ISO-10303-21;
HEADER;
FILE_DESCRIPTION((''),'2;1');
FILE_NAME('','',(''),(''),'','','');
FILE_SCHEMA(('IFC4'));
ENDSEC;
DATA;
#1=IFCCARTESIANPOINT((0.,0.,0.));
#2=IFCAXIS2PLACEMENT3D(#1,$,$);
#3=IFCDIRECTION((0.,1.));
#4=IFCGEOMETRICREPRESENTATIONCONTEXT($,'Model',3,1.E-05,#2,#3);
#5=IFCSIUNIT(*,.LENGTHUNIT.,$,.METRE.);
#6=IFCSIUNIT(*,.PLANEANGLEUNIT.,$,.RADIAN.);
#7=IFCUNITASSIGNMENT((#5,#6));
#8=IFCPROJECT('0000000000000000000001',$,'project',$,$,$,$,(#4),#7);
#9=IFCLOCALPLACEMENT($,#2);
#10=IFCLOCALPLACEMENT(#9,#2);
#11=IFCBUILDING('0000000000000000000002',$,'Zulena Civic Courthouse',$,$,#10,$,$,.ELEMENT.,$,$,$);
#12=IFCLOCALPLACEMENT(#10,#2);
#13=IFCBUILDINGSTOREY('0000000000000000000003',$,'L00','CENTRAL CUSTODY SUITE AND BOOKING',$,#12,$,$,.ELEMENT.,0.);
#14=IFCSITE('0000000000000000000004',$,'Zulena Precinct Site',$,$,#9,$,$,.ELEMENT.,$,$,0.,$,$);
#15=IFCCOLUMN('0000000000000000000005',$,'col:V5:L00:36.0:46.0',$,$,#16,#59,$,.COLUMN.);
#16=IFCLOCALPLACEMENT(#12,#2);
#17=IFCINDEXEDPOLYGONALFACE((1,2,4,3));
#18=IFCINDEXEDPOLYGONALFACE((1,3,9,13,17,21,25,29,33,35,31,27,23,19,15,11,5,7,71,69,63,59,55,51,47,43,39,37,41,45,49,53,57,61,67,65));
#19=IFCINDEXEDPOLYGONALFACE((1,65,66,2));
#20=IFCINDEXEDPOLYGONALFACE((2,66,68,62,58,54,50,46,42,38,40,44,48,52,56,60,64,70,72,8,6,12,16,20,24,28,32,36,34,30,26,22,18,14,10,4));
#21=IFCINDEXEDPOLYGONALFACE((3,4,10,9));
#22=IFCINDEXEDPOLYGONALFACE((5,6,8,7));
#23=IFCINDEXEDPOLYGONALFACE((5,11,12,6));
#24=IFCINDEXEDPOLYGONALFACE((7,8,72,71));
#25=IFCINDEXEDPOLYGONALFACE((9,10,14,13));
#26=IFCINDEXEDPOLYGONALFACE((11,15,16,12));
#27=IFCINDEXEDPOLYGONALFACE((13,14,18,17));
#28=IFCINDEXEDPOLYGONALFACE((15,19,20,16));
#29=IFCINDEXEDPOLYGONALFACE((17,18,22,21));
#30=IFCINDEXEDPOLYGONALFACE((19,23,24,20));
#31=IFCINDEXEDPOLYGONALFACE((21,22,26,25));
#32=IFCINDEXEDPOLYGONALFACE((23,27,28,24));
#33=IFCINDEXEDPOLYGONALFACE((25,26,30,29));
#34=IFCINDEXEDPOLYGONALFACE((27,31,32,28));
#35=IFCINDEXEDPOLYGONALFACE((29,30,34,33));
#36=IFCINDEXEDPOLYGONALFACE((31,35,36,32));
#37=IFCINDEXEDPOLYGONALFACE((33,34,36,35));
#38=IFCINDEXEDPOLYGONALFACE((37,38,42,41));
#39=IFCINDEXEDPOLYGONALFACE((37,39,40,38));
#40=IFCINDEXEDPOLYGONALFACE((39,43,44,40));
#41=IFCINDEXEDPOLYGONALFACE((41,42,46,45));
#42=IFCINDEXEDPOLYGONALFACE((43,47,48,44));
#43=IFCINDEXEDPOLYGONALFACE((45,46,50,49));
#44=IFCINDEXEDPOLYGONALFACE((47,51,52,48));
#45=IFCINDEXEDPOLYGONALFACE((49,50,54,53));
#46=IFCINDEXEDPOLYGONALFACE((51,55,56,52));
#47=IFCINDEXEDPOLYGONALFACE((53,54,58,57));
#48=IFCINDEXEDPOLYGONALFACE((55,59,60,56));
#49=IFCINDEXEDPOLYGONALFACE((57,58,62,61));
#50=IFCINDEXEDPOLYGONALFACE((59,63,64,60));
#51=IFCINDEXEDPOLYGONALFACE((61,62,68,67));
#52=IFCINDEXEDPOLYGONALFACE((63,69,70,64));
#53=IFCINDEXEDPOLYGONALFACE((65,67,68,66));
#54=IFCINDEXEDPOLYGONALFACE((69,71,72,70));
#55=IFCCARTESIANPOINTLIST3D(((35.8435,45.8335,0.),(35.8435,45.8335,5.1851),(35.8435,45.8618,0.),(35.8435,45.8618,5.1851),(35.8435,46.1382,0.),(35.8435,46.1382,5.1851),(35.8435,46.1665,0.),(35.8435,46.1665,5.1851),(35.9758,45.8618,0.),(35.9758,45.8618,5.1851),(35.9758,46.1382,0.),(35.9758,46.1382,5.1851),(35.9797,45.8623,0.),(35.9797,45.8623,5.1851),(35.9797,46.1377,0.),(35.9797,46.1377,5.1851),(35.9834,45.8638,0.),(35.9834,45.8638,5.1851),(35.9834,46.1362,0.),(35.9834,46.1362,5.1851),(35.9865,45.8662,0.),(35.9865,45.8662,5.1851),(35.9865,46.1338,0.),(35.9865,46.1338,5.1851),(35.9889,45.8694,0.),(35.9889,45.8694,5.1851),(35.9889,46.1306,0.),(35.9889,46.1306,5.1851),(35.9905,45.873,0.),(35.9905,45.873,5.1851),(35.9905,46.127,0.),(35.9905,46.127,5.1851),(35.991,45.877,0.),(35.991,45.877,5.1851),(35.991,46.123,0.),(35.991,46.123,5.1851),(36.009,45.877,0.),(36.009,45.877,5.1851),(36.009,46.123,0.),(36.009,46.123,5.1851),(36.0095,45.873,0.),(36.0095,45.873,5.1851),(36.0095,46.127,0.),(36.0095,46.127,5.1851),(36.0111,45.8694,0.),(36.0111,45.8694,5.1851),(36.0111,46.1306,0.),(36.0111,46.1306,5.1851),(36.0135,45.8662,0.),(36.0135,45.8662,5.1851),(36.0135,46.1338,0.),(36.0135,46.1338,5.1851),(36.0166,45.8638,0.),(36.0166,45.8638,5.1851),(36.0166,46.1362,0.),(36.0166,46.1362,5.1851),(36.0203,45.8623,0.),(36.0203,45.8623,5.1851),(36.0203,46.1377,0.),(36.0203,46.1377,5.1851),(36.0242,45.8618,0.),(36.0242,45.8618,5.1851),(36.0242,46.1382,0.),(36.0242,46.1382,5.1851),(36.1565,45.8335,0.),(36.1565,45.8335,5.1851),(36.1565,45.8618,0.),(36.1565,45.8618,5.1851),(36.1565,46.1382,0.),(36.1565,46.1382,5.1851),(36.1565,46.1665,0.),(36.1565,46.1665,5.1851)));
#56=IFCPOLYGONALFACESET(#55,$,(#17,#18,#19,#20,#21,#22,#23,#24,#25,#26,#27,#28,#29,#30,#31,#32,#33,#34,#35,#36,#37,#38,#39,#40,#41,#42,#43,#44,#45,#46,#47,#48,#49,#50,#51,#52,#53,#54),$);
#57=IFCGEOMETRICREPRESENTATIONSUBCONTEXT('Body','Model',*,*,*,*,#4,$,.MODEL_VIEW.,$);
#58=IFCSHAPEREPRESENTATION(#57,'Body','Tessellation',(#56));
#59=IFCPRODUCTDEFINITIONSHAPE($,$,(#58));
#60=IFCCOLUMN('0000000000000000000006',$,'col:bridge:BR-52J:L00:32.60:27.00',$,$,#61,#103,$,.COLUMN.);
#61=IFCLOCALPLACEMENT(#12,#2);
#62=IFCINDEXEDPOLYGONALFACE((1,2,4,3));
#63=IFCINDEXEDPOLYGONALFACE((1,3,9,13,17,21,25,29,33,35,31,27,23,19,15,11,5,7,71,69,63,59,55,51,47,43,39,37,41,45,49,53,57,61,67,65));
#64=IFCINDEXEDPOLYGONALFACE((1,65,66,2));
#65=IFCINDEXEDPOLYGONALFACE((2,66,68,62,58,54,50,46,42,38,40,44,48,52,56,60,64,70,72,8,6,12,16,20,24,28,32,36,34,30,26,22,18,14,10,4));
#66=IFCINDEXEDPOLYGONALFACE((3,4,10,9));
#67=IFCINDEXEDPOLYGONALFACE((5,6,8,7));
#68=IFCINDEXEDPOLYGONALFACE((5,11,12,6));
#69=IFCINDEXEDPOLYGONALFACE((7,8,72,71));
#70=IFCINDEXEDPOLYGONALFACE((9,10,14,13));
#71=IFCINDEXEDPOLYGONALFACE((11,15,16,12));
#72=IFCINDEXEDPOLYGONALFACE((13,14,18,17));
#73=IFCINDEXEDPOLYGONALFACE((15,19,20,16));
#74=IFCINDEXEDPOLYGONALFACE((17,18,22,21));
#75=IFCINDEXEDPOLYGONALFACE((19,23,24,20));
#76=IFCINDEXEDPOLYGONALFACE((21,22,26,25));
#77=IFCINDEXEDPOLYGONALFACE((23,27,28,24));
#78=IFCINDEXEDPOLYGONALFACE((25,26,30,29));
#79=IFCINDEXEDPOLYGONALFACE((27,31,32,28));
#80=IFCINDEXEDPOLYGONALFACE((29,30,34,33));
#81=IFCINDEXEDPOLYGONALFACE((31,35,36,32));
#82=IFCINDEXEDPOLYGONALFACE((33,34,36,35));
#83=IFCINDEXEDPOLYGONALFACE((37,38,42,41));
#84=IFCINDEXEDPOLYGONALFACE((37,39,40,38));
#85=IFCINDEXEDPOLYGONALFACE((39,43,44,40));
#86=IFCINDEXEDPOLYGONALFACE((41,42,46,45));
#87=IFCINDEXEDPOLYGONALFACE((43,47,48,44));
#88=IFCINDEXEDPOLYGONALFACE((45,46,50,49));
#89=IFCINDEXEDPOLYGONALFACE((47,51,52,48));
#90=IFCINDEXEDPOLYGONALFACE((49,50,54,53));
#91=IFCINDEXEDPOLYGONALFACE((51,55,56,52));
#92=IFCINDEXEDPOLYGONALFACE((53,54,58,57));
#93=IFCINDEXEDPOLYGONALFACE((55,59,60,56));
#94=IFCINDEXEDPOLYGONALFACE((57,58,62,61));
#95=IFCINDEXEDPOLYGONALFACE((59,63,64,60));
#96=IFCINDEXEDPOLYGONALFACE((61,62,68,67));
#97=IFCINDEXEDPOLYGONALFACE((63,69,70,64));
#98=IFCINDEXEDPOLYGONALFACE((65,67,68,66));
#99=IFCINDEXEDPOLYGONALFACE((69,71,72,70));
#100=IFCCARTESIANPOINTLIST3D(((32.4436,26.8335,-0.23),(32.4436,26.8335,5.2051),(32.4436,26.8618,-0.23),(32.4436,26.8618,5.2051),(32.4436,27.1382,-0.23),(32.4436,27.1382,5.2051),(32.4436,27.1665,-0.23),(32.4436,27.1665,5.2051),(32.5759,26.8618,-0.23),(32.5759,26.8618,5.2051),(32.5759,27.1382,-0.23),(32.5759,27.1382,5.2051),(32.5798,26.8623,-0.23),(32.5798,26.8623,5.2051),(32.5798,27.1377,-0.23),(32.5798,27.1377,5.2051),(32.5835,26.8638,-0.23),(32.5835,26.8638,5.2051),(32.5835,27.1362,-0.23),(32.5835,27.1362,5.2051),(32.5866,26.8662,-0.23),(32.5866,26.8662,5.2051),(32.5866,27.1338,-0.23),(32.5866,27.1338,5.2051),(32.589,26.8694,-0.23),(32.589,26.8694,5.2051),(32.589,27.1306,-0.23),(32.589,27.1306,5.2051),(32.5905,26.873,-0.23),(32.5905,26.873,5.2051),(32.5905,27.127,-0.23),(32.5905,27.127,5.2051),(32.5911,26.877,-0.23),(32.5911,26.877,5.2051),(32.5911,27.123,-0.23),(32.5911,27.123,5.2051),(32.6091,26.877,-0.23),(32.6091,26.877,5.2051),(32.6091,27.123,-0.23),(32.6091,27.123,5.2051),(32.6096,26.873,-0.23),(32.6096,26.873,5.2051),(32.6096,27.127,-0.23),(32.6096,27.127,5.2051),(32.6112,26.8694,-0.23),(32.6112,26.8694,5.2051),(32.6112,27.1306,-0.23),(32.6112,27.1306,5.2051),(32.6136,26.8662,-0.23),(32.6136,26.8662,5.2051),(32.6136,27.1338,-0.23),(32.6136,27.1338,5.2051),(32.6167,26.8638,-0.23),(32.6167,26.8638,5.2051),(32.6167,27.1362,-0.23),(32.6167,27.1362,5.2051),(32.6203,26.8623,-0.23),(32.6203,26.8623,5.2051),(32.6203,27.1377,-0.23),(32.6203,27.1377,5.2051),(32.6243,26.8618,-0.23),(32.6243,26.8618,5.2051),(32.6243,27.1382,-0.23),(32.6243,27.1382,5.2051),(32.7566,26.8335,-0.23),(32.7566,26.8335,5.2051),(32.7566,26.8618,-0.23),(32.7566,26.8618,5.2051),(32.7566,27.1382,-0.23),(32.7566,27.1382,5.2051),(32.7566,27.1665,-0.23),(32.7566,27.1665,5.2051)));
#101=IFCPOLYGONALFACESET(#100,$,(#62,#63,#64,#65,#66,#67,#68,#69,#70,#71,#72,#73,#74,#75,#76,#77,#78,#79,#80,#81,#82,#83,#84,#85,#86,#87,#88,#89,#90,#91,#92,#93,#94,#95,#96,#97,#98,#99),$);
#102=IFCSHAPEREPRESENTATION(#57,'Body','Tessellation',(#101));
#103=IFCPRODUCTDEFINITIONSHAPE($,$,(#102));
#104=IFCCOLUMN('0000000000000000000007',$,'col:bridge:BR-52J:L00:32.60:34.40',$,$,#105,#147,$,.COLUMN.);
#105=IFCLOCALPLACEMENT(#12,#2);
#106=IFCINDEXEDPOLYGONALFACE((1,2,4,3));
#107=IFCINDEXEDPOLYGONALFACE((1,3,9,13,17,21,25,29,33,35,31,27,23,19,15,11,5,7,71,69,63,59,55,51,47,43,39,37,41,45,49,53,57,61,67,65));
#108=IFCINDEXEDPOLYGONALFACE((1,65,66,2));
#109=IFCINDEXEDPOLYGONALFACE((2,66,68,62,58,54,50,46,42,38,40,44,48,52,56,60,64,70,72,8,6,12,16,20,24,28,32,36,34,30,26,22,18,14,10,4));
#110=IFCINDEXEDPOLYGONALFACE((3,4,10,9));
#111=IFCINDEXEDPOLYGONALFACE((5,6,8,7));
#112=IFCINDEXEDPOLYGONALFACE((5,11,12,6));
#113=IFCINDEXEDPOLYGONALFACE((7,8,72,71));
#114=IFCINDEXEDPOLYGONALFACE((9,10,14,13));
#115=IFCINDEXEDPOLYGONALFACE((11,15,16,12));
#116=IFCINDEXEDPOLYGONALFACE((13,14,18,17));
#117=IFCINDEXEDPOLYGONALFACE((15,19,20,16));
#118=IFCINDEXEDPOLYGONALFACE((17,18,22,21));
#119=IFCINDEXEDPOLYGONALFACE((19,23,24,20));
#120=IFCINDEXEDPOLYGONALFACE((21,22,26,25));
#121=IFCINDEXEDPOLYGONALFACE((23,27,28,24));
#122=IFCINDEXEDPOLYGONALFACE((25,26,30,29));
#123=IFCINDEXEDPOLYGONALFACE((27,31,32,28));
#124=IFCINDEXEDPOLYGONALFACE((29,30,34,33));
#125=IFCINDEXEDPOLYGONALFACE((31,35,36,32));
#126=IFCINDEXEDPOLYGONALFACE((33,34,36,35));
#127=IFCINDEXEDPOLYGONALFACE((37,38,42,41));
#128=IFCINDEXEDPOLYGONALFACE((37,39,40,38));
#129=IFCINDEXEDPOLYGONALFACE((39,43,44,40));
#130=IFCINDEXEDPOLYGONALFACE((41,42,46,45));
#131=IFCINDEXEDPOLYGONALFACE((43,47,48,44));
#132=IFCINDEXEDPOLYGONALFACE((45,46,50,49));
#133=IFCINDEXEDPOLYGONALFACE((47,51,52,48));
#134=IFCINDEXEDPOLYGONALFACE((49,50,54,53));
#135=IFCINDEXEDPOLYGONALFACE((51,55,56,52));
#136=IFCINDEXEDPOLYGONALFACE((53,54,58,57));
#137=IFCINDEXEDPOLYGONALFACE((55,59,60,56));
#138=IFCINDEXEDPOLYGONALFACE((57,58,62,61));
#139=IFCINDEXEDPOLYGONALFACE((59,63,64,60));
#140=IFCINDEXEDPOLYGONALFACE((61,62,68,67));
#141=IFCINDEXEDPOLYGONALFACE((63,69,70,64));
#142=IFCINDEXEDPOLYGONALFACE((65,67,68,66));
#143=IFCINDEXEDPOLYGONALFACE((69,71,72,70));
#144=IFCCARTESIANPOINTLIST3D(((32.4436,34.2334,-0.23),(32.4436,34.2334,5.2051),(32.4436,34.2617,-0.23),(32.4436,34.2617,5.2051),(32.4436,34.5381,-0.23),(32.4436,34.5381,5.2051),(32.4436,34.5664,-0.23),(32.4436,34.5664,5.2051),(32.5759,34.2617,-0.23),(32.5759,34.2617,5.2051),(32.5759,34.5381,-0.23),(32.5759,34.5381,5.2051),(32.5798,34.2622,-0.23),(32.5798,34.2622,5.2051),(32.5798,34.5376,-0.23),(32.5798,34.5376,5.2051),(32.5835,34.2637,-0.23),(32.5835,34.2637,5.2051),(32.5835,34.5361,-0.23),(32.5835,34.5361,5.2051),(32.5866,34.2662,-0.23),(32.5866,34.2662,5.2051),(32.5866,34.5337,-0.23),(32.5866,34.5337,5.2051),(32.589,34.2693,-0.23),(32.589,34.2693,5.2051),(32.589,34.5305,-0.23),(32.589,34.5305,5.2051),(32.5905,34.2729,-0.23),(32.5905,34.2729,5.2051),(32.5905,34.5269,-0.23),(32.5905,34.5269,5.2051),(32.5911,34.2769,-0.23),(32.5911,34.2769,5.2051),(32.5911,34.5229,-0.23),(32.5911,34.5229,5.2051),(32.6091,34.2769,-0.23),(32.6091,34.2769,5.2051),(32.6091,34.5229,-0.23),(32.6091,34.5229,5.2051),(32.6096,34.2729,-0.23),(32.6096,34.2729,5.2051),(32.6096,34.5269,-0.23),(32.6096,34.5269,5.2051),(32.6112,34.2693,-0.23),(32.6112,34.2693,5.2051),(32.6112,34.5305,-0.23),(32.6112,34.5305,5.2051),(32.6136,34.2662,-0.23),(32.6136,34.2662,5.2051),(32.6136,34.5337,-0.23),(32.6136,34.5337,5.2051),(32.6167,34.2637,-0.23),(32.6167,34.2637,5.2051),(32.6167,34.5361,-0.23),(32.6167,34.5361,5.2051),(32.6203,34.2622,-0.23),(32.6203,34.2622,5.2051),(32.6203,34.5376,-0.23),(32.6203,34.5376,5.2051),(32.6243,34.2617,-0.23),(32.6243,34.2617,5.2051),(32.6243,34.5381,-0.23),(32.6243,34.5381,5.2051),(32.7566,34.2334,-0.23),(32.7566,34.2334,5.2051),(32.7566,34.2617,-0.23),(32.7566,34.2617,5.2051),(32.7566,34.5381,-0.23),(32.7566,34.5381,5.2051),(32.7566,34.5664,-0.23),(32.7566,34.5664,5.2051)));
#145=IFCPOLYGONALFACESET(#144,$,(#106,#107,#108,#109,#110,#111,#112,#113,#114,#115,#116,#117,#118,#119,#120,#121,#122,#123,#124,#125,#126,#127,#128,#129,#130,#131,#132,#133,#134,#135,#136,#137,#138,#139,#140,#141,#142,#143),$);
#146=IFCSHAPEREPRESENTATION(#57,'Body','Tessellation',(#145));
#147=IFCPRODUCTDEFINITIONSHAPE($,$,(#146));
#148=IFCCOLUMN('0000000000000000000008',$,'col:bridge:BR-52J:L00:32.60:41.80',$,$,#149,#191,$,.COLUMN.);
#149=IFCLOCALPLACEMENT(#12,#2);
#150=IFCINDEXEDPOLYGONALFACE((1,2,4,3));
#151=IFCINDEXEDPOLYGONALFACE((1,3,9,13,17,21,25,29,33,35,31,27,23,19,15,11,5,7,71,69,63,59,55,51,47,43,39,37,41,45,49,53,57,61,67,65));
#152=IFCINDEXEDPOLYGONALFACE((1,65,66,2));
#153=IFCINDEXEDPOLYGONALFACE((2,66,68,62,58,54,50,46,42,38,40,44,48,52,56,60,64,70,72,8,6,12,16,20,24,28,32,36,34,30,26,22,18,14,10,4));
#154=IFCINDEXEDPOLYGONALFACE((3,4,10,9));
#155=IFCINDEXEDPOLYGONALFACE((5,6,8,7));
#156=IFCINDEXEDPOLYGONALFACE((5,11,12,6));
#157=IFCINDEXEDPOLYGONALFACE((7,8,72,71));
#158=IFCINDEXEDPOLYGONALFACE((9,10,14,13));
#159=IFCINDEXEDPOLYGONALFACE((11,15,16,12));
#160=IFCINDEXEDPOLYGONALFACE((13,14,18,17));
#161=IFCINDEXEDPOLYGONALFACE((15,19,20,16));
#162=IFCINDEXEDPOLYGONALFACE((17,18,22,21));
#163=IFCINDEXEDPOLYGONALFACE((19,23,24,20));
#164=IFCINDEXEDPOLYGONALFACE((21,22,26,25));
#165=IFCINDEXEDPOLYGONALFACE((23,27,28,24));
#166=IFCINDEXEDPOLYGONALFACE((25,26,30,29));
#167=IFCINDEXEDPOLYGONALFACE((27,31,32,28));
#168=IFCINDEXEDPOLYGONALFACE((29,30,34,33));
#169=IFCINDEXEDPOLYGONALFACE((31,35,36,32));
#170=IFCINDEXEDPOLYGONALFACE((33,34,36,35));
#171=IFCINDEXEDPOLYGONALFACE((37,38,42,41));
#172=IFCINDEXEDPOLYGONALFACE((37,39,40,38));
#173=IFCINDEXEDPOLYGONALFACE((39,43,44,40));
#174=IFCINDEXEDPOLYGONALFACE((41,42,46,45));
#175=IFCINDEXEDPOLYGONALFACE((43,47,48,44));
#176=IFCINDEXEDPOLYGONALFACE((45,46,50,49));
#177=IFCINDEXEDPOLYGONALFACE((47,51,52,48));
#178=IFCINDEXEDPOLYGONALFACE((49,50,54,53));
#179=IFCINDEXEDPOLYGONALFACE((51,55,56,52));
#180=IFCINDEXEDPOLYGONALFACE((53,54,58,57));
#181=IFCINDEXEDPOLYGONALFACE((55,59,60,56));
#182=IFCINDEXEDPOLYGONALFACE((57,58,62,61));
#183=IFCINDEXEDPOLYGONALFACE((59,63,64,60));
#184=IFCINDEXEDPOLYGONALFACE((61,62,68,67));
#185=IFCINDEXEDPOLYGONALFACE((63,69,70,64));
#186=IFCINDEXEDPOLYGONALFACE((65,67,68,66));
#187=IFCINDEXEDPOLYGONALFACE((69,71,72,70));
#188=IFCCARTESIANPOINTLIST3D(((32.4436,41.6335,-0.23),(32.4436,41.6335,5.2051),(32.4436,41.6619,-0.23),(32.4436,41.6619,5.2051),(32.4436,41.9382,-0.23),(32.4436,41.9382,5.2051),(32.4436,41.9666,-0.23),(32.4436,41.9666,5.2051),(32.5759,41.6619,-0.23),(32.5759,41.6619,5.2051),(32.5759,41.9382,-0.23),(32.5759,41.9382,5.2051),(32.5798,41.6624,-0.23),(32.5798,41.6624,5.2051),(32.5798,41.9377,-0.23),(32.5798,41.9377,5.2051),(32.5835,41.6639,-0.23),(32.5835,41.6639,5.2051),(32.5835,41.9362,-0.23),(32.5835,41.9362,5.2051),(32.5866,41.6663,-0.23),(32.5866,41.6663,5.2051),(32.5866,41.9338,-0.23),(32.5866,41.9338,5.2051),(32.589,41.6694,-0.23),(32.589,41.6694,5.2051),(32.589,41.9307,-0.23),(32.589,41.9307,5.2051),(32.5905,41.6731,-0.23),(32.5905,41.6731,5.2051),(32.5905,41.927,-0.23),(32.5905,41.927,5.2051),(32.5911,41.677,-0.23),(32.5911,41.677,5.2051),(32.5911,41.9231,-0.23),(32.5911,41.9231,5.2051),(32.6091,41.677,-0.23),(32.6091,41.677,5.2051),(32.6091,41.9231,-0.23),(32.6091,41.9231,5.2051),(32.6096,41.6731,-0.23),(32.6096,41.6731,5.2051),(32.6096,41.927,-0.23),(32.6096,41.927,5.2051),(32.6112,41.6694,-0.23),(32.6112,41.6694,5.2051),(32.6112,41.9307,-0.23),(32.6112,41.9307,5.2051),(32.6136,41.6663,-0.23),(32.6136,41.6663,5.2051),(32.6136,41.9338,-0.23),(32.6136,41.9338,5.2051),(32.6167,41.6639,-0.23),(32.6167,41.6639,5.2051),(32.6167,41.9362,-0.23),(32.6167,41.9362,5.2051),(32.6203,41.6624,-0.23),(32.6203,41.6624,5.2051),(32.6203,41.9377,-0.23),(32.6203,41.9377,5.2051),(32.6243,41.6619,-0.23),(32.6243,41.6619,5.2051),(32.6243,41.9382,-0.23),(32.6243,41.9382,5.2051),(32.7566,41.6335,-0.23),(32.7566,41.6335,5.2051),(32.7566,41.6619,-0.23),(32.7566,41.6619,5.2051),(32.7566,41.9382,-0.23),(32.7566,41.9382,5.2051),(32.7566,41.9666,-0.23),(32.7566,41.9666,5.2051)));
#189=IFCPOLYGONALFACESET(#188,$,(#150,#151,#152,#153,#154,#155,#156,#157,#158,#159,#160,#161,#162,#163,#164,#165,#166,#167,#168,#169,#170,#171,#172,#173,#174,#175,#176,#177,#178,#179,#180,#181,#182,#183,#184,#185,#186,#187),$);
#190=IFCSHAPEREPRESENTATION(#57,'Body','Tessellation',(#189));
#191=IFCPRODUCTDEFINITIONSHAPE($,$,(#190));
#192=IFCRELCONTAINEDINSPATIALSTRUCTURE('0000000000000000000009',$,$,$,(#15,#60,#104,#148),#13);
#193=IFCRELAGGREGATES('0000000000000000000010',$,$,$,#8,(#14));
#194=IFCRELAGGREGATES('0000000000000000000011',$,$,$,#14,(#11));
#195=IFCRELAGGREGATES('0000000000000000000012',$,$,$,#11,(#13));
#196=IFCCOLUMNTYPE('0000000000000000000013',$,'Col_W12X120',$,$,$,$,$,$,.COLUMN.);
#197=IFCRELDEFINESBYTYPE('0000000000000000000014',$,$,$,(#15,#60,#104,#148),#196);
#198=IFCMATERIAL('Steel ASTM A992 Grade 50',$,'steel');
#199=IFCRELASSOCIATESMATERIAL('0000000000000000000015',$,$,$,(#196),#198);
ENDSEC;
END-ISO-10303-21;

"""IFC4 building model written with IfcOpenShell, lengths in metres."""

from ifc_helpers import new_model, si_unit, direction, frame, origin, origin_2d, place, context, subcontext, project, spatial, i_section, extrude, material, material_profile, profile_set, type_object, element, save


model = new_model("IFC4")

# Units and contexts
model_context = context("Model", 3, precision=1e-05, world=origin(), true_north=direction((0.0, 1.0)))
body_context = subcontext(model_context, "Body", "Model", "MODEL_VIEW")
ifc_project = project(units=[si_unit("LENGTHUNIT", "METRE"), si_unit("PLANEANGLEUNIT", "RADIAN")], contexts=[model_context])

# Site, building, storey
site_placement = place(None, origin())
site = spatial("IfcSite", under=ifc_project, at=site_placement, Name="Zulena Precinct Site", CompositionType="ELEMENT", RefElevation=0.0)
building_placement = place(site_placement, origin())
building = spatial("IfcBuilding", under=site, at=building_placement, Name="Zulena Civic Courthouse", CompositionType="ELEMENT")
storey_placement = place(building_placement, origin())
storey = spatial("IfcBuildingStorey", under=building, at=storey_placement, Name="L00", Description="CENTRAL CUSTODY SUITE AND BOOKING", CompositionType="ELEMENT", Elevation=0.0)

# Columns
ifc_material_1 = material(Name="Steel ASTM A992 Grade 50", Category="steel")
ifc_material_profile_1 = material_profile(ifc_material_1, i_section(OverallWidth=0.313, OverallDepth=0.333, WebThickness=0.0181, FlangeThickness=0.0283, FilletRadius=0.0151, at=origin_2d()), Name="W12X120")
ifc_profile_set_1 = profile_set([ifc_material_profile_1], Name="Steel ASTM A992 Grade 50")
column_type = type_object("IfcColumnType", Name="Col_W12X120", PredefinedType="COLUMN", material=ifc_profile_set_1)
column_placement = place(storey_placement, frame((36.0, 46.0, 0.0), z_axis=(0.0, 0.0, 1.0), x_axis=(1.0, 0.0, 0.0)))
element("IfcColumn", 1, at=column_placement, inside=storey, type_object=column_type, Name="col:V5:L00:36.0:46.0", PredefinedType="COLUMN", context=body_context, shape_type="SweptSolid", body=[
    extrude(i_section(OverallWidth=0.313, OverallDepth=0.333, WebThickness=0.0181, FlangeThickness=0.0283, FilletRadius=0.0151, at=origin_2d()), origin(), (0.0, 0.0, 1.0), 5.1851),
])
for number, where, z_axis, x_axis, name in (
    (2, (32.6001, 27.0, -0.23), (0.0, 0.0, 1.0), (1.0, 0.0, 0.0), "col:bridge:BR-52J:L00:32.60:27.00"),
    (3, (32.6001, 34.3999, -0.23), (0.0, 0.0, 1.0), (1.0, 0.0, 0.0), "col:bridge:BR-52J:L00:32.60:34.40"),
    (4, (32.6001, 41.8, -0.23), (0.0, 0.0, 1.0), (1.0, 0.0, 0.0), "col:bridge:BR-52J:L00:32.60:41.80"),
):
    element("IfcColumn", number, at=place(storey_placement, frame(where, z_axis=z_axis, x_axis=x_axis)), inside=storey, type_object=column_type, Name=name, PredefinedType="COLUMN", context=body_context, shape_type="SweptSolid", body=[
        extrude(i_section(OverallWidth=0.313, OverallDepth=0.333, WebThickness=0.0181, FlangeThickness=0.0283, FilletRadius=0.0151, at=origin_2d()), origin(), (0.0, 0.0, 1.0), 5.4351),
    ])

save(model, "model.ifc")
